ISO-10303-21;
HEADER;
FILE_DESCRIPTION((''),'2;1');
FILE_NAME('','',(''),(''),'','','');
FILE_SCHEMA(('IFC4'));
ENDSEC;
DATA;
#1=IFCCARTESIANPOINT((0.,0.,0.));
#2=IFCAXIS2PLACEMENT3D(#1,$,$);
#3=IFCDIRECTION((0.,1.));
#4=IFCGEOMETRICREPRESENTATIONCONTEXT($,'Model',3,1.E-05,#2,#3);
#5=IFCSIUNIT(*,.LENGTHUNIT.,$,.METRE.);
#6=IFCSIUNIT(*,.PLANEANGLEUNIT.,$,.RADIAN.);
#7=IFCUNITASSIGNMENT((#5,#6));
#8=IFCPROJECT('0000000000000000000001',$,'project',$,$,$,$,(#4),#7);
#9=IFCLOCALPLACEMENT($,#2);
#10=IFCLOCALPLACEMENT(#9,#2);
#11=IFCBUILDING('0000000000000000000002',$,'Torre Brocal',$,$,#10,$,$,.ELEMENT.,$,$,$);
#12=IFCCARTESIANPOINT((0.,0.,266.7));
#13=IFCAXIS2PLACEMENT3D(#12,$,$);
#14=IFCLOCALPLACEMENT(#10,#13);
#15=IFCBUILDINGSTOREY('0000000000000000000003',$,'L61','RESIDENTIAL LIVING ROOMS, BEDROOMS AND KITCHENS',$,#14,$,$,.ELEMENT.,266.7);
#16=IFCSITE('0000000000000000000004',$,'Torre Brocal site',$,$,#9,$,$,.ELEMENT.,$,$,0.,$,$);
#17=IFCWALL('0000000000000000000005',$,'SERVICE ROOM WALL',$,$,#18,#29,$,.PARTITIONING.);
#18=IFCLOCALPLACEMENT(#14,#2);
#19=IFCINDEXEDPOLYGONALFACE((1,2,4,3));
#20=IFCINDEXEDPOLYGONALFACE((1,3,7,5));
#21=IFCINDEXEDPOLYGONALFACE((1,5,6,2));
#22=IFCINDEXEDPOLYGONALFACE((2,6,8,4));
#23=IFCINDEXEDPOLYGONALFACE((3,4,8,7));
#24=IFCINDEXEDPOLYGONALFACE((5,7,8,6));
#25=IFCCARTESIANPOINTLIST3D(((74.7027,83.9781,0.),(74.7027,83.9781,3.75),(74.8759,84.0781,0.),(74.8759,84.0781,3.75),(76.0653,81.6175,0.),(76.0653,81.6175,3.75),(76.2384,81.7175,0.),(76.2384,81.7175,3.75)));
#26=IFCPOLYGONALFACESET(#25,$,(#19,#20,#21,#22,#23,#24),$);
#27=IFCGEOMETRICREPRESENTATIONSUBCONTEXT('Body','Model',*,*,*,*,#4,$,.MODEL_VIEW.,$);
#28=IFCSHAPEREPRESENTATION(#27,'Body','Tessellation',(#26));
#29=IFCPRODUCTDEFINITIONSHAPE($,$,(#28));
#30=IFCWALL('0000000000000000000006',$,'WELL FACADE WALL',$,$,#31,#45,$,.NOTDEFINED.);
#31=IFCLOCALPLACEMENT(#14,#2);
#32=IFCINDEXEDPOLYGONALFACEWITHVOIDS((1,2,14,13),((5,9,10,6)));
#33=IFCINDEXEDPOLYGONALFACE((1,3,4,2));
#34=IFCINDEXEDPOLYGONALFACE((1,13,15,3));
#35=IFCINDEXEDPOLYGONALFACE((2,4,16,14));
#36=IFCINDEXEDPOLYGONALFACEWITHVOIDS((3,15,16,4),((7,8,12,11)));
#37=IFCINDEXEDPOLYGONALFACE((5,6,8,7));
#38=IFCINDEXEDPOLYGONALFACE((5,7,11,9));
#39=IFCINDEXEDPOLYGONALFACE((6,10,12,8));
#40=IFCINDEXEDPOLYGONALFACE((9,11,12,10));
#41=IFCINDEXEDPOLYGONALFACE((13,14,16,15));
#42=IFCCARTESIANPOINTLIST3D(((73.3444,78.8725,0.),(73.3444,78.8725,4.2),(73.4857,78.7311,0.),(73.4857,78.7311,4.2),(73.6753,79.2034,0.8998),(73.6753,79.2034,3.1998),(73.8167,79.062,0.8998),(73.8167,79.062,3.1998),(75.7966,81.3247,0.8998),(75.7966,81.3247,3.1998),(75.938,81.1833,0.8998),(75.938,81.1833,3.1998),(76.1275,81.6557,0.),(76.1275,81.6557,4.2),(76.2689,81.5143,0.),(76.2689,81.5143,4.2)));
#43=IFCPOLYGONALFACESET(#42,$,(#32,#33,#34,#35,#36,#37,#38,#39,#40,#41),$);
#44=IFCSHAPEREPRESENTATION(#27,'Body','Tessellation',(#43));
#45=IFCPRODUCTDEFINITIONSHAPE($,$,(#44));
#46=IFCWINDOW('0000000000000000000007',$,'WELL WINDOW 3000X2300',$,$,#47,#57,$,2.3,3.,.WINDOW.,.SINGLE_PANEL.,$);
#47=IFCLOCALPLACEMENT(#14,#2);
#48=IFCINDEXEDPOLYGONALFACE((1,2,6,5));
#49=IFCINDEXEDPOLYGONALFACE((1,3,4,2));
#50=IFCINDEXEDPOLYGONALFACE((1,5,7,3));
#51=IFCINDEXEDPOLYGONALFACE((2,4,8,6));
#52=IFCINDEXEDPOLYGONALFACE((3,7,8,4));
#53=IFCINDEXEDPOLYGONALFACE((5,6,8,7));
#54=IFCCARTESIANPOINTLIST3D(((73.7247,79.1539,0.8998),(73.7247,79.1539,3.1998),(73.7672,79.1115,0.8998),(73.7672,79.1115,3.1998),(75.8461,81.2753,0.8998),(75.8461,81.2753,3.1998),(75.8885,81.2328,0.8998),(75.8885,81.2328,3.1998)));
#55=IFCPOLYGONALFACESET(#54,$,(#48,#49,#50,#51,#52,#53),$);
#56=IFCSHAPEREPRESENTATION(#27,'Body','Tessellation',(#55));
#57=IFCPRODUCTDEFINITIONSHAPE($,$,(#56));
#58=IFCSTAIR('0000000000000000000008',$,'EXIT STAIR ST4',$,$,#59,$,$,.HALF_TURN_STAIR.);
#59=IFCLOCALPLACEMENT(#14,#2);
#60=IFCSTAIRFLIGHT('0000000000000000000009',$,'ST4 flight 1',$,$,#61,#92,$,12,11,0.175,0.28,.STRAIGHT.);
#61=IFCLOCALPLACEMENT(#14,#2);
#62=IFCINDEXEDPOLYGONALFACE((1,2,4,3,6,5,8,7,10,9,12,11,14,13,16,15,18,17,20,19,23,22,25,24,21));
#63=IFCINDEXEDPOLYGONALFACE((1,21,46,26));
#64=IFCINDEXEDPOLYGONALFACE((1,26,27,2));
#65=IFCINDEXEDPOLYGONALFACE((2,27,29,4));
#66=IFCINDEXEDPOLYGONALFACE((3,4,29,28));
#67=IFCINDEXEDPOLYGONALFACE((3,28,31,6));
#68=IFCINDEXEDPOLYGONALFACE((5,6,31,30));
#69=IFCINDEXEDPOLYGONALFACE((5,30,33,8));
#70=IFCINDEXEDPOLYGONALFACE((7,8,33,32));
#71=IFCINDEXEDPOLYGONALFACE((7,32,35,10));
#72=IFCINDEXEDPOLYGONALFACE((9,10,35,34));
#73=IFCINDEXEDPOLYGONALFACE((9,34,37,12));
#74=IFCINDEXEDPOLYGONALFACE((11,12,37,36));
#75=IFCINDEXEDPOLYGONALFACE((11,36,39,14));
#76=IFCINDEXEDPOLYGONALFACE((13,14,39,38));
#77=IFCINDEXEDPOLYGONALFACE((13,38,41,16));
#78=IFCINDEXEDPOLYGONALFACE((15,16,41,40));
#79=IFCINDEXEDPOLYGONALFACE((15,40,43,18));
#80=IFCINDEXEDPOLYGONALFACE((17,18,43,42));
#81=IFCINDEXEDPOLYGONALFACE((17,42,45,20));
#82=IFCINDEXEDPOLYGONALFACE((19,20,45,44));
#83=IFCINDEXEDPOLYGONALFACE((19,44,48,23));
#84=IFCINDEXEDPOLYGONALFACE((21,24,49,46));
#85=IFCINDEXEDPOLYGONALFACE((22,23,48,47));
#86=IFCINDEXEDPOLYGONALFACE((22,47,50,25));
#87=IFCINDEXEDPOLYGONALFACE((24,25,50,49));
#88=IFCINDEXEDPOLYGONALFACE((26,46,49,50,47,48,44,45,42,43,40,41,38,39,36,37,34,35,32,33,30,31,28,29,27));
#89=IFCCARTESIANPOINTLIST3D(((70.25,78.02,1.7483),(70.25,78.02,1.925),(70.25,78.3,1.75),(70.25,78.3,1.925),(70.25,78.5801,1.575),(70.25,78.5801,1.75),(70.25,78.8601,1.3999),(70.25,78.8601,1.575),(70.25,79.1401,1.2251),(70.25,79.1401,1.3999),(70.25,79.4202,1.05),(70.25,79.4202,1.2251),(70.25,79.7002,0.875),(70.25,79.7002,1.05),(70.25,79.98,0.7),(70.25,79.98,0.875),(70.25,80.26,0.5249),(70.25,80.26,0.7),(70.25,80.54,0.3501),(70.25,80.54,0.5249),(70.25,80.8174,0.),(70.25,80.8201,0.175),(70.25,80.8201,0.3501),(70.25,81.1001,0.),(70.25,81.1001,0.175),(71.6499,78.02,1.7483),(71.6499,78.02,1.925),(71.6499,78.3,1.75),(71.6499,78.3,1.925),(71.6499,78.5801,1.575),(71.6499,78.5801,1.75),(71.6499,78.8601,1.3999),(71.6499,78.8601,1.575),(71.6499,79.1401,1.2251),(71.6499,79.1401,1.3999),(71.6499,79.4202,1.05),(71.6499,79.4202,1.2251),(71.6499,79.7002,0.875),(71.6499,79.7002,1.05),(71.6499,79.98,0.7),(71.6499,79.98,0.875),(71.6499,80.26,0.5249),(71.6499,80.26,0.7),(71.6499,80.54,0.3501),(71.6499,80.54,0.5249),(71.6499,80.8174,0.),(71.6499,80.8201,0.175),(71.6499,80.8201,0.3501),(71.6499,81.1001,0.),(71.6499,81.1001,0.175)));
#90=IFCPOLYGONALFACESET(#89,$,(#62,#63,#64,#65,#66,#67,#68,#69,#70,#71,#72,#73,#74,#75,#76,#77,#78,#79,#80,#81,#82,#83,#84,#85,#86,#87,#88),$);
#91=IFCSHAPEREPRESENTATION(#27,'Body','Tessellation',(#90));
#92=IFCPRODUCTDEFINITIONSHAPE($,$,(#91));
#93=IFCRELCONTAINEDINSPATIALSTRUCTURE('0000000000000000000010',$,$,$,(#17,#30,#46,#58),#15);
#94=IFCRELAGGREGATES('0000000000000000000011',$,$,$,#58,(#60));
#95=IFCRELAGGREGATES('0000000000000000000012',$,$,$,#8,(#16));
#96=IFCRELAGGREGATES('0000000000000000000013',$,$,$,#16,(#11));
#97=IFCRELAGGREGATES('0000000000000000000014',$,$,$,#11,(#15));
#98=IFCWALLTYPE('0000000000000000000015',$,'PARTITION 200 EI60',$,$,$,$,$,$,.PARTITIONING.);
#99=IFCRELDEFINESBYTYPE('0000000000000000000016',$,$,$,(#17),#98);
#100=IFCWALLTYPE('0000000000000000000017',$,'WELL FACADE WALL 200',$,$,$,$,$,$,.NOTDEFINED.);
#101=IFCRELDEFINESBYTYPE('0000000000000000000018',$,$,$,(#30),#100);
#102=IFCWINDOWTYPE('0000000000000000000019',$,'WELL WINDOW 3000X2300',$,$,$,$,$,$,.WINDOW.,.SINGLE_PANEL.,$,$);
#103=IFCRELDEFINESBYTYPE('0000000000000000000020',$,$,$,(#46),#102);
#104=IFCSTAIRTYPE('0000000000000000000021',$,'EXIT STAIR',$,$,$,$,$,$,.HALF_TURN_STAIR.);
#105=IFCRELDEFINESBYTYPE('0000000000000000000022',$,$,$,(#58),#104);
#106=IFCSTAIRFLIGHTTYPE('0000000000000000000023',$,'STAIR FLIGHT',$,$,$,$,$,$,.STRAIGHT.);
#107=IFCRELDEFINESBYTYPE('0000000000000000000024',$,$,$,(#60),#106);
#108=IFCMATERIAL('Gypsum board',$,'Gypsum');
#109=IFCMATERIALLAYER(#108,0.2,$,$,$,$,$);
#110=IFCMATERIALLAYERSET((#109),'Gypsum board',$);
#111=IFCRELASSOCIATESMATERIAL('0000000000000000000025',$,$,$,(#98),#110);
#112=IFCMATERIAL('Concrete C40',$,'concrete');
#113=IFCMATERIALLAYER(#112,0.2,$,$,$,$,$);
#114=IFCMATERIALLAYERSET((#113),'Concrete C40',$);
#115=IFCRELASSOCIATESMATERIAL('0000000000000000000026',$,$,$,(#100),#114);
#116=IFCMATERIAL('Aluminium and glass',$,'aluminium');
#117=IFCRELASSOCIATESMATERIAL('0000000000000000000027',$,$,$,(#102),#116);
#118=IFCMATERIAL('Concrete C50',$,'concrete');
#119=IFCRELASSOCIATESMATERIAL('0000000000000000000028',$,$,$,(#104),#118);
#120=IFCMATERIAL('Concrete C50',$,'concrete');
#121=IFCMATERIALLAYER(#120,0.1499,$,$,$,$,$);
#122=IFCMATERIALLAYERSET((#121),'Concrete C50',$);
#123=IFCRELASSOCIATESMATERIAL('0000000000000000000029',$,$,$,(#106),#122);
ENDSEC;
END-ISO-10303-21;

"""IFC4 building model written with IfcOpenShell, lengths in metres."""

from ifc_helpers import new_model, si_unit, direction, frame, frame_2d, origin, place, context, subcontext, project, spatial, polyline, rectangle, outline, extrude, material, layer, layer_set, type_object, element, fill, aggregate, save


model = new_model("IFC4")

# Units and contexts
model_context = context("Model", 3, precision=1e-05, world=origin(), true_north=direction((0.0, 1.0)))
body_context = subcontext(model_context, "Body", "Model", "MODEL_VIEW")
ifc_project = project(units=[si_unit("LENGTHUNIT", "METRE"), si_unit("PLANEANGLEUNIT", "RADIAN")], contexts=[model_context])

# Site, building, storey
site_placement = place(None, origin())
site = spatial("IfcSite", under=ifc_project, at=site_placement, Name="Torre Brocal site", CompositionType="ELEMENT", RefElevation=0.0)
building_placement = place(site_placement, origin())
building = spatial("IfcBuilding", under=site, at=building_placement, Name="Torre Brocal", CompositionType="ELEMENT")
storey_placement = place(building_placement, frame((0.0, 0.0, 266.7)))
storey = spatial("IfcBuildingStorey", under=building, at=storey_placement, Name="L61", Description="RESIDENTIAL LIVING ROOMS, BEDROOMS AND KITCHENS", CompositionType="ELEMENT", Elevation=266.7)

# Shared definitions
ifc_material_1 = material(Name="Gypsum board", Category="Gypsum")
ifc_layer_1 = layer(ifc_material_1, 0.2)
ifc_layer_set_1 = layer_set([ifc_layer_1], Name="Gypsum board")
wall_type_1 = type_object("IfcWallType", Name="PARTITION 200 EI60", PredefinedType="PARTITIONING", material=ifc_layer_set_1)

# Wall
wall_1_placement = place(storey_placement, frame((74.7893, 84.0281, 0.0), z_axis=(0.0, 0.0, 1.0), x_axis=(0.499906, -0.86608, 0.0)))
element("IfcWall", 1, at=wall_1_placement, inside=storey, type_object=wall_type_1, Name="SERVICE ROOM WALL", PredefinedType="PARTITIONING", context=body_context, shape_type="SweptSolid", body=[
    extrude(rectangle(XDim=2.7256, YDim=0.2, at=frame_2d((1.3628, 0.0))), origin(), (0.0, 0.0, 1.0), 3.75),
])

# Wall, opening, window
ifc_material_2 = material(Name="Concrete C40", Category="concrete")
ifc_layer_2 = layer(ifc_material_2, 0.2)
ifc_layer_set_2 = layer_set([ifc_layer_2], Name="Concrete C40")
wall_type_2 = type_object("IfcWallType", Name="WELL FACADE WALL 200", PredefinedType="NOTDEFINED", material=ifc_layer_set_2)
wall_2_placement = place(storey_placement, frame((76.1982, 81.585, 0.0), z_axis=(0.0, 0.0, 1.0), x_axis=(-0.707107, -0.707107, 0.0)))
wall_2 = element("IfcWall", 2, at=wall_2_placement, inside=storey, type_object=wall_type_2, Name="WELL FACADE WALL", PredefinedType="NOTDEFINED", context=body_context, shape_type="SweptSolid", body=[
    extrude(rectangle(XDim=3.936, YDim=0.2, at=frame_2d((1.968, 0.0))), origin(), (0.0, 0.0, 1.0), 4.2),
])
opening_1_placement = place(wall_2_placement, frame((0.468, 0.0, 0.8999)))
opening_1 = element("IfcOpeningElement", 3, at=opening_1_placement, cuts=wall_2, PredefinedType="OPENING", context=body_context, shape_type="SweptSolid", body=[
    extrude(rectangle(XDim=3.0, YDim=2.3, at=frame_2d((1.5, 1.1499))), frame((0.0, 0.1099, 0.0), z_axis=(0.0, -1.0, 0.0), x_axis=(1.0, 0.0, 0.0)), (0.0, 0.0, 1.0), 0.22),
])
ifc_material_3 = material(Name="Aluminium and glass", Category="aluminium")
window_type = type_object("IfcWindowType", Name="WELL WINDOW 3000X2300", PartitioningType="SINGLE_PANEL", PredefinedType="WINDOW", material=ifc_material_3)
window_placement = place(opening_1_placement, origin())
window = element("IfcWindow", 4, at=window_placement, inside=storey, type_object=window_type, Name="WELL WINDOW 3000X2300", OverallHeight=2.3, OverallWidth=3.0, PartitioningType="SINGLE_PANEL", PredefinedType="WINDOW", context=body_context, shape_type="SweptSolid", body=[
    extrude(rectangle(XDim=3.0, YDim=2.3, at=frame_2d((1.5, 1.1499))), frame((0.0, 0.03, 0.0), z_axis=(0.0, -1.0, 0.0), x_axis=(1.0, 0.0, 0.0)), (0.0, 0.0, 1.0), 0.0601),
])
fill(opening_1, window)

# Stair, stair flight
ifc_material_4 = material(Name="Concrete C50", Category="concrete")
stair_type = type_object("IfcStairType", Name="EXIT STAIR", PredefinedType="HALF_TURN_STAIR", material=ifc_material_4)
stair_placement = place(storey_placement, origin())
stair = element("IfcStair", 5, at=stair_placement, inside=storey, type_object=stair_type, Name="EXIT STAIR ST4", PredefinedType="HALF_TURN_STAIR")
ifc_material_5 = material(Name="Concrete C50", Category="concrete")
ifc_layer_3 = layer(ifc_material_5, 0.1499)
ifc_layer_set_3 = layer_set([ifc_layer_3], Name="Concrete C50")
stair_flight_type = type_object("IfcStairFlightType", Name="STAIR FLIGHT", PredefinedType="STRAIGHT", material=ifc_layer_set_3)
stair_flight_placement = place(storey_placement, frame((70.95, 81.1001, 0.0), z_axis=(0.0, 0.0, 1.0), x_axis=(0.0, -1.0, 0.0)))
stair_flight = element("IfcStairFlight", 6, at=stair_flight_placement, type_object=stair_flight_type, Name="ST4 flight 1", NumberOfRisers=12, NumberOfTreads=11, PredefinedType="STRAIGHT", RiserHeight=0.175, TreadLength=0.28, context=body_context, shape_type="SweptSolid", body=[
    extrude(outline(polyline([(0.0, 0.0), (0.0, 0.175), (0.28, 0.175), (0.28, 0.3501), (0.5601, 0.3501), (0.5601, 0.5249), (0.8401, 0.5249), (0.8401, 0.7), (1.1201, 0.7), (1.1201, 0.875), (1.3999, 0.875), (1.3999, 1.05), (1.6799, 1.05), (1.6799, 1.2251), (1.96, 1.2251), (1.96, 1.3999), (2.24, 1.3999), (2.24, 1.575), (2.52, 1.575), (2.52, 1.75), (2.8, 1.75), (2.8, 1.925), (3.0801, 1.925), (3.0801, 2.1001), (3.0801, 1.7483), (0.2827, 0.0), (0.0, 0.0)])), frame((0.0, 0.7, 0.0), z_axis=(0.0, -1.0, 0.0), x_axis=(1.0, 0.0, 0.0)), (0.0, 0.0, 1.0), 1.3999),
])
aggregate(stair, [stair_flight])

save(model, "model.ifc")
